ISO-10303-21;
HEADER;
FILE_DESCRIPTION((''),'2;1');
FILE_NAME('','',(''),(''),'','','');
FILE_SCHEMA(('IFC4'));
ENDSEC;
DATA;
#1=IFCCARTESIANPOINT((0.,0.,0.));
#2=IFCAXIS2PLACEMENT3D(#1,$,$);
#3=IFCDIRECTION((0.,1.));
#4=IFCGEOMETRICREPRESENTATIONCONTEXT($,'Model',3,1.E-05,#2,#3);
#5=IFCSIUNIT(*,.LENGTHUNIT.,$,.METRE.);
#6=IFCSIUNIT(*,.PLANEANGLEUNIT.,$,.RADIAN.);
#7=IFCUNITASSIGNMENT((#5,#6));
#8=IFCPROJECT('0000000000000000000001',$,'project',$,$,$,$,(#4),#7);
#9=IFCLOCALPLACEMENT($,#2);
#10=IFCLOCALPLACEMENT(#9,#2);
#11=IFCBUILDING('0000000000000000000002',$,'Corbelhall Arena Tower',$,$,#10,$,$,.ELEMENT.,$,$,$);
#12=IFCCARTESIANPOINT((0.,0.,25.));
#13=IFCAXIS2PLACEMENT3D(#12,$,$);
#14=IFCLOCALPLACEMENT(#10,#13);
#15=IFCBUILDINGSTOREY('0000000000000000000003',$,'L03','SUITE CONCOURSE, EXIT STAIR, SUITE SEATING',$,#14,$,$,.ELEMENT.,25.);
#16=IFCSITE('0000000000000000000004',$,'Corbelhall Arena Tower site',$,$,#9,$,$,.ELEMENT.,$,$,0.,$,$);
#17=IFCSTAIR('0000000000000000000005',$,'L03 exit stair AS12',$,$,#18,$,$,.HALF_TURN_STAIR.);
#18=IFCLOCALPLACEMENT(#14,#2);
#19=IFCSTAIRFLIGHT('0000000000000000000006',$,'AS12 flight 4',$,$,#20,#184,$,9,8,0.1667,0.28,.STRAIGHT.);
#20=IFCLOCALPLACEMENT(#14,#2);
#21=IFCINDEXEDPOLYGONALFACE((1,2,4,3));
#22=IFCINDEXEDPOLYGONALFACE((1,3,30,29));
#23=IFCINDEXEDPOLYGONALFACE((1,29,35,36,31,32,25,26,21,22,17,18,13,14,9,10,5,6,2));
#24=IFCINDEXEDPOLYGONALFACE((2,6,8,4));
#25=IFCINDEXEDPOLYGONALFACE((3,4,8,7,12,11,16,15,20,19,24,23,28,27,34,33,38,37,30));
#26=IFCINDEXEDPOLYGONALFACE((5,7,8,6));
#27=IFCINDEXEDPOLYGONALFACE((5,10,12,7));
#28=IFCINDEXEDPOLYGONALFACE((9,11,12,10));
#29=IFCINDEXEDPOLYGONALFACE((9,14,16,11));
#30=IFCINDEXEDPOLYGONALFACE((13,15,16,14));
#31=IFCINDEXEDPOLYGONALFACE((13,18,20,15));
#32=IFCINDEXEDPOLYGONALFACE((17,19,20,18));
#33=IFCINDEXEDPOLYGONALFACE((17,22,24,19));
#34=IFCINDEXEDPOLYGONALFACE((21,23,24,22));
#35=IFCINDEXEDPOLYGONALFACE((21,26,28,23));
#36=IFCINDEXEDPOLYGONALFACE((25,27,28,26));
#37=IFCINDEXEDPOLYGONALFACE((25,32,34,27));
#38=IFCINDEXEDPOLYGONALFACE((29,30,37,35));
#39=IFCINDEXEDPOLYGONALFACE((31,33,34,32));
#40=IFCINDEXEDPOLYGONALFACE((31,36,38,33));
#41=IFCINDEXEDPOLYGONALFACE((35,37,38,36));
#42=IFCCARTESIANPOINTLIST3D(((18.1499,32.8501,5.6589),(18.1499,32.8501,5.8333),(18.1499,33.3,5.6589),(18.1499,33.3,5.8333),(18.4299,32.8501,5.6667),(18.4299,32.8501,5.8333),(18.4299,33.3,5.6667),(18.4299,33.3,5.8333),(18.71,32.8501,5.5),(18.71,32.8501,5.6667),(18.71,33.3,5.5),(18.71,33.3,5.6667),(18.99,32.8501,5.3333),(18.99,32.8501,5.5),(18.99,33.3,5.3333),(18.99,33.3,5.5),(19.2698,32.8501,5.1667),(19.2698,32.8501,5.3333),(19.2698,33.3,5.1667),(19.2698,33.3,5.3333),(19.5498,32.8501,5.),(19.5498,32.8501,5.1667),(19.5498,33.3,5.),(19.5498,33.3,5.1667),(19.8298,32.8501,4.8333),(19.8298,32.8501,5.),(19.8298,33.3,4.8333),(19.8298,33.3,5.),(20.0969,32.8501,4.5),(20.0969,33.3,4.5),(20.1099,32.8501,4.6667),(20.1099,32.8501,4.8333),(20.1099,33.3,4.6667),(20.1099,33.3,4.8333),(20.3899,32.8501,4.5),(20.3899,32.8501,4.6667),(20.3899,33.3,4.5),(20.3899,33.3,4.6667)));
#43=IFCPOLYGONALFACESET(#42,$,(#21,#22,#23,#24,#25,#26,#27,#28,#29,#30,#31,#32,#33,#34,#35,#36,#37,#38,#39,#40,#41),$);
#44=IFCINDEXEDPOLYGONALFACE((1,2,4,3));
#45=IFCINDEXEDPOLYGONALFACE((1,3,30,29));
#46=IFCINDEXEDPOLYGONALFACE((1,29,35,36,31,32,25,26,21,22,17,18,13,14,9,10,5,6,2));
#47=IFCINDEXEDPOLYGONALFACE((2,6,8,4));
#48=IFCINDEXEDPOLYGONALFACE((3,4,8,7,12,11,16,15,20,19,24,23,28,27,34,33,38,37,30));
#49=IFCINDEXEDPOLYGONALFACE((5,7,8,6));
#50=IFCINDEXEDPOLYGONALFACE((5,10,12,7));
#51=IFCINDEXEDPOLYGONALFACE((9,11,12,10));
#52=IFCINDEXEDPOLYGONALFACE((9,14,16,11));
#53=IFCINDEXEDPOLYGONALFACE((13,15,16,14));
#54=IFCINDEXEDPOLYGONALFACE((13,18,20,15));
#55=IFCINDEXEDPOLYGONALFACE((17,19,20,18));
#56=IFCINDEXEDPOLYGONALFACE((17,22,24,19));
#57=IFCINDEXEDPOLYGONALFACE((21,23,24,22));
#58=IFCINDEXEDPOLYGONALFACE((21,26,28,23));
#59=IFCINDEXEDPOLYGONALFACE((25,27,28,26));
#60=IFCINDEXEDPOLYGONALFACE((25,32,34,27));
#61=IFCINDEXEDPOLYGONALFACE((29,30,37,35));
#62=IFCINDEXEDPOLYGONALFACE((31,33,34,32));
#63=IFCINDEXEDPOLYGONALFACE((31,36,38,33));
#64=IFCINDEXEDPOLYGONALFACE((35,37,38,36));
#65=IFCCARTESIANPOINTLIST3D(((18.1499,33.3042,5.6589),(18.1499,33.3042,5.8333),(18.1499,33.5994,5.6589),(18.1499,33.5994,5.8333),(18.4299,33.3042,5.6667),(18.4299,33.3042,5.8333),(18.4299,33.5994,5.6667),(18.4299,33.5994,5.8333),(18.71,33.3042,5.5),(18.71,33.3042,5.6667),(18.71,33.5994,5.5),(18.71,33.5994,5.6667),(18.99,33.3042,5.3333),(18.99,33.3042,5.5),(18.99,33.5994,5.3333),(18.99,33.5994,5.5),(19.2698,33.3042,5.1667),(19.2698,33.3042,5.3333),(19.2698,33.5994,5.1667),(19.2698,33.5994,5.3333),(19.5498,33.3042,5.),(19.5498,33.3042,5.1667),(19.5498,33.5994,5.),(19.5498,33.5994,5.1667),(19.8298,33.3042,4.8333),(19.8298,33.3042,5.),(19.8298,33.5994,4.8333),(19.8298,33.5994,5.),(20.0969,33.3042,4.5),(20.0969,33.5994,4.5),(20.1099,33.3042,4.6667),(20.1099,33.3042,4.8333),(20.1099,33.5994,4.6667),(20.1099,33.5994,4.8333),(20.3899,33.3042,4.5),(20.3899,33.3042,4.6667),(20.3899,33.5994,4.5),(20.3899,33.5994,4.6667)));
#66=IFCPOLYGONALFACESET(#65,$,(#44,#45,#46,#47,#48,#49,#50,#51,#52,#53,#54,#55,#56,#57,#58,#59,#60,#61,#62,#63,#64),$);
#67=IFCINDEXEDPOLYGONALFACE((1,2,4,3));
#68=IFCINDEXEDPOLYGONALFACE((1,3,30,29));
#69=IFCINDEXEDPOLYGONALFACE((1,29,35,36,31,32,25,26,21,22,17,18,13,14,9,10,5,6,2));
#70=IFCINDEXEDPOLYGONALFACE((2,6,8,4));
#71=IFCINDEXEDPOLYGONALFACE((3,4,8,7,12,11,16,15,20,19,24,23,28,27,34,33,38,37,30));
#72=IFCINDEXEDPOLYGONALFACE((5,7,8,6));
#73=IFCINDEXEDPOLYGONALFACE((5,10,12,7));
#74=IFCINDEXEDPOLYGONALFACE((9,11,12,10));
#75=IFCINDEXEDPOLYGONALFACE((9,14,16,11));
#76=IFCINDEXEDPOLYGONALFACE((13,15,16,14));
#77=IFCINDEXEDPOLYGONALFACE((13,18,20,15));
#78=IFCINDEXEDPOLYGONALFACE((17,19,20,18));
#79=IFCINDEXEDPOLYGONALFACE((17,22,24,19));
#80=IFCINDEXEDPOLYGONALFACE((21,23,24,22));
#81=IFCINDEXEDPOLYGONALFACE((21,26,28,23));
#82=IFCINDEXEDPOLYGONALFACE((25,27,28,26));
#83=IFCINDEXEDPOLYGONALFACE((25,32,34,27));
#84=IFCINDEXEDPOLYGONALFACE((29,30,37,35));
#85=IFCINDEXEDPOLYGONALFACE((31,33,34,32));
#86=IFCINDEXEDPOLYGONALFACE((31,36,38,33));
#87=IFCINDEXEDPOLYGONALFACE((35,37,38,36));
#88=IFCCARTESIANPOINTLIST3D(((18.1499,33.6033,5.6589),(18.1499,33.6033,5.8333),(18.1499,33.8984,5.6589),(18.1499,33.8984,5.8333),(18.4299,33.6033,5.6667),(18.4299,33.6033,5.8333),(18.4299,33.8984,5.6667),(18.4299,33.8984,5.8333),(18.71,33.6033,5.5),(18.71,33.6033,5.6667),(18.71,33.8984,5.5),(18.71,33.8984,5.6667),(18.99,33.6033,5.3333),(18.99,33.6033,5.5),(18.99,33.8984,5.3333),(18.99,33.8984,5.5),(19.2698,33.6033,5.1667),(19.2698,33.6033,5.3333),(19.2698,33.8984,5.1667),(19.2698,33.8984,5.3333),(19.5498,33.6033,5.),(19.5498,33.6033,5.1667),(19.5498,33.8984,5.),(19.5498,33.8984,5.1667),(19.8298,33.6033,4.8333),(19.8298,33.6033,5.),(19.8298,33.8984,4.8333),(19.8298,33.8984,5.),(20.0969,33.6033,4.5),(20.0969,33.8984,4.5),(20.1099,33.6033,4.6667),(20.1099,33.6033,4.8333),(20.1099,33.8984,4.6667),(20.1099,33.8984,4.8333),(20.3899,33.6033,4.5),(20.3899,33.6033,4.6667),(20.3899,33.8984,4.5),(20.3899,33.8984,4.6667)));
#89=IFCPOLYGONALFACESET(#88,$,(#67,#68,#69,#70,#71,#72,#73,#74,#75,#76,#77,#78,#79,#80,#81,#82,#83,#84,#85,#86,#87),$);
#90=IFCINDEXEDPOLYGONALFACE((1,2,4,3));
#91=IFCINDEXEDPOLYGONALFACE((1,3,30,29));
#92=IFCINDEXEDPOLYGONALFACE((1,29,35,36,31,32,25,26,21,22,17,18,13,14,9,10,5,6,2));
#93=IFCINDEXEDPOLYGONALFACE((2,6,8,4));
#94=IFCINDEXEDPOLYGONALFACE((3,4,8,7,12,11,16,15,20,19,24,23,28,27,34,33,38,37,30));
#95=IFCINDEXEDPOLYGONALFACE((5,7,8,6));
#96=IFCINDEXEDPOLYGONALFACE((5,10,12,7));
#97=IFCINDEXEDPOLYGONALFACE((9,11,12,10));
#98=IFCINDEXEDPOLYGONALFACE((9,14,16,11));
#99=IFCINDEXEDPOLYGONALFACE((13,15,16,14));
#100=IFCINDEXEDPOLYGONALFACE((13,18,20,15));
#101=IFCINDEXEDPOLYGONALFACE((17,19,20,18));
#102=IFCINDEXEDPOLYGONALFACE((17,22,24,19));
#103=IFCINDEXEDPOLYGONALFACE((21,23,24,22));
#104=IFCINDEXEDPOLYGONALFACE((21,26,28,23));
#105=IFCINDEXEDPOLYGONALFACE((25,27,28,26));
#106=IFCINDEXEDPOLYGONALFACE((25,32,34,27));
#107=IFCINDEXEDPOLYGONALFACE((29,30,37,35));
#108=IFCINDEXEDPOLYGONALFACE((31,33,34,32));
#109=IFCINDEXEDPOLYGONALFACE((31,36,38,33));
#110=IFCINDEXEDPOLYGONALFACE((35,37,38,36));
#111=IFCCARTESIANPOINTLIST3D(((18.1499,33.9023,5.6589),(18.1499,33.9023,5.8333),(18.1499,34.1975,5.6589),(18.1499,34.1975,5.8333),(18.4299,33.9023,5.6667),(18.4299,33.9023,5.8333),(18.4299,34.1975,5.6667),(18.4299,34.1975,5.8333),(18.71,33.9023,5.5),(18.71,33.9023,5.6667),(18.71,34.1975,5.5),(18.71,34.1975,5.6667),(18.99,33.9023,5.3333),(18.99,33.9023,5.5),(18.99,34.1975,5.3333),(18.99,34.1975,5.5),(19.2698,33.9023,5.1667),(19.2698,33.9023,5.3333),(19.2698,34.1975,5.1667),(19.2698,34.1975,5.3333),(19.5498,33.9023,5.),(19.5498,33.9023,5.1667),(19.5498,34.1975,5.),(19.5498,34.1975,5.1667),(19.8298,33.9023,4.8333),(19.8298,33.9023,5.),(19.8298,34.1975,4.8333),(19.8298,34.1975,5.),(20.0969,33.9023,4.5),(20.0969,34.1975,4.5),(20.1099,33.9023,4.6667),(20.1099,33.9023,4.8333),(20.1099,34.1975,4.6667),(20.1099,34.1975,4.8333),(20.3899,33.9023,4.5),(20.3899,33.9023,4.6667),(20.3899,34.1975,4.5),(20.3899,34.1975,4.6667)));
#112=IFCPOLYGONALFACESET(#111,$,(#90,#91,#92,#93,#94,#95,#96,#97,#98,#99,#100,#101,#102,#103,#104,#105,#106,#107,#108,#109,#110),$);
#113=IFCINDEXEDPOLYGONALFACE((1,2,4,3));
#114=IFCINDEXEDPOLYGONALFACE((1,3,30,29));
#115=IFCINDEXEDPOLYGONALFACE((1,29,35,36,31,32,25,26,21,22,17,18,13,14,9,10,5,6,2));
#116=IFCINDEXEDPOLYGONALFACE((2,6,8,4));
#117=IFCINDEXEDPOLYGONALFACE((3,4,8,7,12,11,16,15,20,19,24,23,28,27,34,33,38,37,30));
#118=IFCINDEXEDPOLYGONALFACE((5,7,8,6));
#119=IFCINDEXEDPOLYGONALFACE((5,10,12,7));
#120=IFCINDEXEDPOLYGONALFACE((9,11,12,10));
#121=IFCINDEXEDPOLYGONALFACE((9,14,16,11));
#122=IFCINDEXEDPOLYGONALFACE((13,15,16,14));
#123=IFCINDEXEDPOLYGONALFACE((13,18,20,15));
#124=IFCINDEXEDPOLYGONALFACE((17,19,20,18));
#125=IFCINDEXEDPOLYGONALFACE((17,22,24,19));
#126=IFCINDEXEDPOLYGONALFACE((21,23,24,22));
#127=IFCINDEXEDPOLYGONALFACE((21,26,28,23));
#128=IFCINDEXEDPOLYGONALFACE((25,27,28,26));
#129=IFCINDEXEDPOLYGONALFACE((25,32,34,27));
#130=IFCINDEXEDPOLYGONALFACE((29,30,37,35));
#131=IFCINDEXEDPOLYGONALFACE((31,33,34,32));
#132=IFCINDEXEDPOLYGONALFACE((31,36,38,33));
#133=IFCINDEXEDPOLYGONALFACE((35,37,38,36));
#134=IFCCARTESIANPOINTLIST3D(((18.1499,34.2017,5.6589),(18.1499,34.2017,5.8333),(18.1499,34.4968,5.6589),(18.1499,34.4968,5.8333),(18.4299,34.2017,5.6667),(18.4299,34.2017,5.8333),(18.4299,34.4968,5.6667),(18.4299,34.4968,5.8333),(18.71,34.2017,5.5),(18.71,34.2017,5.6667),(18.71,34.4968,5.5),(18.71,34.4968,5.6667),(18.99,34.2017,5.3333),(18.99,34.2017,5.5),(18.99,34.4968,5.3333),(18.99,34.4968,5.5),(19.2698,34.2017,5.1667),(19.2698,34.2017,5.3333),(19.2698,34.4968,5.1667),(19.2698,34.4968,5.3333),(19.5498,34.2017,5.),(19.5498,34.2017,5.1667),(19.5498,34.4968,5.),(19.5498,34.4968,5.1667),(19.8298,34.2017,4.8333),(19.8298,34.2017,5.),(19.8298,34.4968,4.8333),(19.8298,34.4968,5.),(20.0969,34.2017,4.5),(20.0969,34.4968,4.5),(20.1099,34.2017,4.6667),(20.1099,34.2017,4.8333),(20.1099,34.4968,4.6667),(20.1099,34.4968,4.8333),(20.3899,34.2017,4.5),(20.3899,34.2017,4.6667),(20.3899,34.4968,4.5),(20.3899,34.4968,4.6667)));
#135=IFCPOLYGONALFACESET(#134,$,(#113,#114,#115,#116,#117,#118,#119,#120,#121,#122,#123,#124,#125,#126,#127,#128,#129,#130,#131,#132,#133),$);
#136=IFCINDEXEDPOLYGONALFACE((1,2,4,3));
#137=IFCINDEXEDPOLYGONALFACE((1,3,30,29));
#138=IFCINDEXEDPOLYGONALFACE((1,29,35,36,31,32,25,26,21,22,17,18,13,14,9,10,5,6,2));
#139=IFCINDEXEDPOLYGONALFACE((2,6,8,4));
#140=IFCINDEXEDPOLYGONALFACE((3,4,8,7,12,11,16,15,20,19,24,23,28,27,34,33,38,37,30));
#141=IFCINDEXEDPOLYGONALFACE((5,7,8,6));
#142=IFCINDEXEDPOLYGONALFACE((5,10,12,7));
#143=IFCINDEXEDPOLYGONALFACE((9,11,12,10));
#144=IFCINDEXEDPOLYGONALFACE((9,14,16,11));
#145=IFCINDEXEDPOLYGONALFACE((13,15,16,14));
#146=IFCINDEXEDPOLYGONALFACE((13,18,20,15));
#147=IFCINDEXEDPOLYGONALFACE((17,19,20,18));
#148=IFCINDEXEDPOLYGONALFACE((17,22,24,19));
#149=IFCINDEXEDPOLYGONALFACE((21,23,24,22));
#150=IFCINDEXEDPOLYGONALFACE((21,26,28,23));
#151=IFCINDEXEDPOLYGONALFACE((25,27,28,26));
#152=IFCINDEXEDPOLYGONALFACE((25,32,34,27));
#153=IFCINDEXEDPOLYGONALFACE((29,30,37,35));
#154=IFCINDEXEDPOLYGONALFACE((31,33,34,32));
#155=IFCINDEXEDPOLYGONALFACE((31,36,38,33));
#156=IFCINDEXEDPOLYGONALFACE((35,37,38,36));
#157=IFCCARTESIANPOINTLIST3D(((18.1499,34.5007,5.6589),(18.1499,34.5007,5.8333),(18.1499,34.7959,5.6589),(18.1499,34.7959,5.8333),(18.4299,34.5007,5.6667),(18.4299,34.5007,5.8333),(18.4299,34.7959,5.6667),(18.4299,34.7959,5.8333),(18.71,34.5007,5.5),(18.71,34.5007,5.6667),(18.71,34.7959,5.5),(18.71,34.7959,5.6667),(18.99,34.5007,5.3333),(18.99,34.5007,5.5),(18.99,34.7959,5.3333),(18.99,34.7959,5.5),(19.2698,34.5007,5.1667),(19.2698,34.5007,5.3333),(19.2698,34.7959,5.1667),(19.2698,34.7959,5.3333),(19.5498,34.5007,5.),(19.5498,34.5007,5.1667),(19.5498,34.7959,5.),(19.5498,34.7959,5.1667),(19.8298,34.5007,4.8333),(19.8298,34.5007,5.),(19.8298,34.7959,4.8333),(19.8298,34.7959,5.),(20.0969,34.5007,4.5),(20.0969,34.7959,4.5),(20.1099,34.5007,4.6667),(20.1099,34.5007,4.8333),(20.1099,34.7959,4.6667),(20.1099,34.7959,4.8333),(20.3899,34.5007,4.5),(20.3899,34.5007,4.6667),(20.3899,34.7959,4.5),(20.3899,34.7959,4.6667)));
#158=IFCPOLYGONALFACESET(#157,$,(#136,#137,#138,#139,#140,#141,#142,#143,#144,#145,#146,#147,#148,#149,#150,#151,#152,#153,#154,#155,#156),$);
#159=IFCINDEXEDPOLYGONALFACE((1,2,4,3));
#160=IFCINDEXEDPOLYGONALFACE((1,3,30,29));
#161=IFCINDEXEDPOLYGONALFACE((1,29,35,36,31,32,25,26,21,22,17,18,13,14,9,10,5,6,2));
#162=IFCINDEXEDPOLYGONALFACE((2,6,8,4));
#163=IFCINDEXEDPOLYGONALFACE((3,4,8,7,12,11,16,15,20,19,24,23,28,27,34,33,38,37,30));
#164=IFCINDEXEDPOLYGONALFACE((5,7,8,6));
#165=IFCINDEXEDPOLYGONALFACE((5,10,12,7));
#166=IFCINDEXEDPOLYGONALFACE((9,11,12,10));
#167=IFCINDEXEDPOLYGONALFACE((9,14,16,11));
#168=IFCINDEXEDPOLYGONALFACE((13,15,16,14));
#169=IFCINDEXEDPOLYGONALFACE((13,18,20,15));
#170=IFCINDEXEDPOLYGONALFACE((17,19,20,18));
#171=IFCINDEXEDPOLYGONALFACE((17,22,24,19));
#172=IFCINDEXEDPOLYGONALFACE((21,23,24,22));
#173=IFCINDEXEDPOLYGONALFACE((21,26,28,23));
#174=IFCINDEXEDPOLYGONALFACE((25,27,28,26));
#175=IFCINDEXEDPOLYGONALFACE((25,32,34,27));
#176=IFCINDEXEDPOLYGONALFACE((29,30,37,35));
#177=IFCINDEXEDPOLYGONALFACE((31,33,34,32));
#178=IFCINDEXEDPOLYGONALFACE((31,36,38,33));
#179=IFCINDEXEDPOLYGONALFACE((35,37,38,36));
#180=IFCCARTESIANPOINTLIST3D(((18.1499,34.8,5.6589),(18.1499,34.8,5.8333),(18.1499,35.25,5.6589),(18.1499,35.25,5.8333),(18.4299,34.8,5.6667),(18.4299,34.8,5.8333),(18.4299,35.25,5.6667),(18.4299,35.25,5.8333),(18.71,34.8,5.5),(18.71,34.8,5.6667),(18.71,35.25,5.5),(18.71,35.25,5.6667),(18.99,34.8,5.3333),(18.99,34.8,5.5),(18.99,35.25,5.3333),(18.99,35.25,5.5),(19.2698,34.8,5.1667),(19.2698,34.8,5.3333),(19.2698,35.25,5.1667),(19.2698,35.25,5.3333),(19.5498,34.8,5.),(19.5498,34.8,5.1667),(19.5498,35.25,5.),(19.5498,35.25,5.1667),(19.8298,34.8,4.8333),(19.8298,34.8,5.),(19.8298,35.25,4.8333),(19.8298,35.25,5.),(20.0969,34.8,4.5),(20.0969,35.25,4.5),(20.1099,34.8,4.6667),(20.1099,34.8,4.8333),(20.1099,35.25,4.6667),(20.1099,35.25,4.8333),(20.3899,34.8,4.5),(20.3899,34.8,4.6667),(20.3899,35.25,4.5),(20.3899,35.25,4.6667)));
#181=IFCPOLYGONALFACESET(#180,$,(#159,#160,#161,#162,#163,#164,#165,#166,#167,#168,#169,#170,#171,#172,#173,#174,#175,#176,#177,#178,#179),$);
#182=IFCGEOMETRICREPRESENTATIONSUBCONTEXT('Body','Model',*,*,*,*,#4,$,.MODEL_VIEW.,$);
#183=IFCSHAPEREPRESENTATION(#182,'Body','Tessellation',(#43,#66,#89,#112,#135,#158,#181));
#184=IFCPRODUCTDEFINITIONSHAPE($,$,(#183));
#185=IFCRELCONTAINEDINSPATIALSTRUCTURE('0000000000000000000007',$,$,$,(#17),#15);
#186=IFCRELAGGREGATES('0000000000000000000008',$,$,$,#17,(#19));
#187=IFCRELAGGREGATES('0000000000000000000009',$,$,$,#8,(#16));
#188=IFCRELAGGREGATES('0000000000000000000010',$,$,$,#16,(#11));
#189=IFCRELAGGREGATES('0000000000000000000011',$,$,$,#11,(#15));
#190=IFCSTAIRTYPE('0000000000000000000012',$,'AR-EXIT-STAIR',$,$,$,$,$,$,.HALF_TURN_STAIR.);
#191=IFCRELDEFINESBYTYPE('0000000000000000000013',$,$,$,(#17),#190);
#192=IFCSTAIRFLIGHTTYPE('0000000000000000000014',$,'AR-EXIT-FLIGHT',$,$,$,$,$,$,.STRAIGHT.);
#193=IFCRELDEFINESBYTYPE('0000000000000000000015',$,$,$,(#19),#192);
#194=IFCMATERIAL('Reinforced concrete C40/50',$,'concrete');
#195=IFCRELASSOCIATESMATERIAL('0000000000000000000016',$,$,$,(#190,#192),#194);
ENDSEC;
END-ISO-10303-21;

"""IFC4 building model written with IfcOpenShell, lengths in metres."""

from ifc_helpers import new_model, si_unit, direction, frame, origin, place, context, subcontext, project, spatial, polyline, outline, extrude, material, type_object, element, aggregate, save


model = new_model("IFC4")

# Units and contexts
model_context = context("Model", 3, precision=1e-05, world=origin(), true_north=direction((0.0, 1.0)))
body_context = subcontext(model_context, "Body", "Model", "MODEL_VIEW")
ifc_project = project(units=[si_unit("LENGTHUNIT", "METRE"), si_unit("PLANEANGLEUNIT", "RADIAN")], contexts=[model_context])

# Site, building, storey
site_placement = place(None, origin())
site = spatial("IfcSite", under=ifc_project, at=site_placement, Name="Corbelhall Arena Tower site", CompositionType="ELEMENT", RefElevation=0.0)
building_placement = place(site_placement, origin())
building = spatial("IfcBuilding", under=site, at=building_placement, Name="Corbelhall Arena Tower", CompositionType="ELEMENT")
storey_placement = place(building_placement, frame((0.0, 0.0, 25.0)))
storey = spatial("IfcBuildingStorey", under=building, at=storey_placement, Name="L03", Description="SUITE CONCOURSE, EXIT STAIR, SUITE SEATING", CompositionType="ELEMENT", Elevation=25.0)

# Stair, stair flight
ifc_material_1 = material(Name="Reinforced concrete C40/50", Category="concrete")
stair_type = type_object("IfcStairType", Name="AR-EXIT-STAIR", PredefinedType="HALF_TURN_STAIR", material=ifc_material_1)
stair_placement = place(storey_placement, origin())
stair = element("IfcStair", 1, at=stair_placement, inside=storey, type_object=stair_type, Name="L03 exit stair AS12", PredefinedType="HALF_TURN_STAIR")
stair_flight_type = type_object("IfcStairFlightType", Name="AR-EXIT-FLIGHT", PredefinedType="STRAIGHT", material=ifc_material_1)
stair_flight_1_placement = place(storey_placement, frame((20.3899, 34.05, 4.5), z_axis=(0.0, 0.0, 1.0), x_axis=(-1.0, 0.0, 0.0)))
stair_flight_1 = element("IfcStairFlight", 2, at=stair_flight_1_placement, type_object=stair_flight_type, Name="AS12 flight 4", NumberOfRisers=9, NumberOfTreads=8, PredefinedType="STRAIGHT", RiserHeight=0.1667, TreadLength=0.28, context=body_context, shape_type="SweptSolid", body=[
    extrude(outline(polyline([(0.0, 0.0), (0.0, 0.1667), (0.28, 0.1667), (0.28, 0.3333), (0.5601, 0.3333), (0.5601, 0.5), (0.8401, 0.5), (0.8401, 0.6667), (1.1201, 0.6667), (1.1201, 0.8333), (1.3999, 0.8333), (1.3999, 1.0), (1.6799, 1.0), (1.6799, 1.1667), (1.96, 1.1667), (1.96, 1.3333), (2.24, 1.3333), (2.24, 1.5), (2.24, 1.1589), (0.293, 0.0), (0.0, 0.0)])), frame((0.0, 1.2, 0.0), z_axis=(0.0, -1.0, 0.0), x_axis=(1.0, 0.0, 0.0)), (0.0, 0.0, 1.0), 0.45),
    extrude(outline(polyline([(0.0, 0.0), (0.0, 0.1667), (0.28, 0.1667), (0.28, 0.3333), (0.5601, 0.3333), (0.5601, 0.5), (0.8401, 0.5), (0.8401, 0.6667), (1.1201, 0.6667), (1.1201, 0.8333), (1.3999, 0.8333), (1.3999, 1.0), (1.6799, 1.0), (1.6799, 1.1667), (1.96, 1.1667), (1.96, 1.3333), (2.24, 1.3333), (2.24, 1.5), (2.24, 1.1589), (0.293, 0.0), (0.0, 0.0)])), frame((0.0, 0.7458, 0.0), z_axis=(0.0, -1.0, 0.0), x_axis=(1.0, 0.0, 0.0)), (0.0, 0.0, 1.0), 0.2952),
    extrude(outline(polyline([(0.0, 0.0), (0.0, 0.1667), (0.28, 0.1667), (0.28, 0.3333), (0.5601, 0.3333), (0.5601, 0.5), (0.8401, 0.5), (0.8401, 0.6667), (1.1201, 0.6667), (1.1201, 0.8333), (1.3999, 0.8333), (1.3999, 1.0), (1.6799, 1.0), (1.6799, 1.1667), (1.96, 1.1667), (1.96, 1.3333), (2.24, 1.3333), (2.24, 1.5), (2.24, 1.1589), (0.293, 0.0), (0.0, 0.0)])), frame((0.0, 0.4468, 0.0), z_axis=(0.0, -1.0, 0.0), x_axis=(1.0, 0.0, 0.0)), (0.0, 0.0, 1.0), 0.2952),
    extrude(outline(polyline([(0.0, 0.0), (0.0, 0.1667), (0.28, 0.1667), (0.28, 0.3333), (0.5601, 0.3333), (0.5601, 0.5), (0.8401, 0.5), (0.8401, 0.6667), (1.1201, 0.6667), (1.1201, 0.8333), (1.3999, 0.8333), (1.3999, 1.0), (1.6799, 1.0), (1.6799, 1.1667), (1.96, 1.1667), (1.96, 1.3333), (2.24, 1.3333), (2.24, 1.5), (2.24, 1.1589), (0.293, 0.0), (0.0, 0.0)])), frame((0.0, 0.1477, 0.0), z_axis=(0.0, -1.0, 0.0), x_axis=(1.0, 0.0, 0.0)), (0.0, 0.0, 1.0), 0.2952),
    extrude(outline(polyline([(0.0, 0.0), (0.0, 0.1667), (0.28, 0.1667), (0.28, 0.3333), (0.5601, 0.3333), (0.5601, 0.5), (0.8401, 0.5), (0.8401, 0.6667), (1.1201, 0.6667), (1.1201, 0.8333), (1.3999, 0.8333), (1.3999, 1.0), (1.6799, 1.0), (1.6799, 1.1667), (1.96, 1.1667), (1.96, 1.3333), (2.24, 1.3333), (2.24, 1.5), (2.24, 1.1589), (0.293, 0.0), (0.0, 0.0)])), frame((0.0, -0.1516, 0.0), z_axis=(0.0, -1.0, 0.0), x_axis=(1.0, 0.0, 0.0)), (0.0, 0.0, 1.0), 0.2952),
    extrude(outline(polyline([(0.0, 0.0), (0.0, 0.1667), (0.28, 0.1667), (0.28, 0.3333), (0.5601, 0.3333), (0.5601, 0.5), (0.8401, 0.5), (0.8401, 0.6667), (1.1201, 0.6667), (1.1201, 0.8333), (1.3999, 0.8333), (1.3999, 1.0), (1.6799, 1.0), (1.6799, 1.1667), (1.96, 1.1667), (1.96, 1.3333), (2.24, 1.3333), (2.24, 1.5), (2.24, 1.1589), (0.293, 0.0), (0.0, 0.0)])), frame((0.0, -0.4507, 0.0), z_axis=(0.0, -1.0, 0.0), x_axis=(1.0, 0.0, 0.0)), (0.0, 0.0, 1.0), 0.2952),
    extrude(outline(polyline([(0.0, 0.0), (0.0, 0.1667), (0.28, 0.1667), (0.28, 0.3333), (0.5601, 0.3333), (0.5601, 0.5), (0.8401, 0.5), (0.8401, 0.6667), (1.1201, 0.6667), (1.1201, 0.8333), (1.3999, 0.8333), (1.3999, 1.0), (1.6799, 1.0), (1.6799, 1.1667), (1.96, 1.1667), (1.96, 1.3333), (2.24, 1.3333), (2.24, 1.5), (2.24, 1.1589), (0.293, 0.0), (0.0, 0.0)])), frame((0.0, -0.75, 0.0), z_axis=(0.0, -1.0, 0.0), x_axis=(1.0, 0.0, 0.0)), (0.0, 0.0, 1.0), 0.45),
])
aggregate(stair, [stair_flight_1])

save(model, "model.ifc")
